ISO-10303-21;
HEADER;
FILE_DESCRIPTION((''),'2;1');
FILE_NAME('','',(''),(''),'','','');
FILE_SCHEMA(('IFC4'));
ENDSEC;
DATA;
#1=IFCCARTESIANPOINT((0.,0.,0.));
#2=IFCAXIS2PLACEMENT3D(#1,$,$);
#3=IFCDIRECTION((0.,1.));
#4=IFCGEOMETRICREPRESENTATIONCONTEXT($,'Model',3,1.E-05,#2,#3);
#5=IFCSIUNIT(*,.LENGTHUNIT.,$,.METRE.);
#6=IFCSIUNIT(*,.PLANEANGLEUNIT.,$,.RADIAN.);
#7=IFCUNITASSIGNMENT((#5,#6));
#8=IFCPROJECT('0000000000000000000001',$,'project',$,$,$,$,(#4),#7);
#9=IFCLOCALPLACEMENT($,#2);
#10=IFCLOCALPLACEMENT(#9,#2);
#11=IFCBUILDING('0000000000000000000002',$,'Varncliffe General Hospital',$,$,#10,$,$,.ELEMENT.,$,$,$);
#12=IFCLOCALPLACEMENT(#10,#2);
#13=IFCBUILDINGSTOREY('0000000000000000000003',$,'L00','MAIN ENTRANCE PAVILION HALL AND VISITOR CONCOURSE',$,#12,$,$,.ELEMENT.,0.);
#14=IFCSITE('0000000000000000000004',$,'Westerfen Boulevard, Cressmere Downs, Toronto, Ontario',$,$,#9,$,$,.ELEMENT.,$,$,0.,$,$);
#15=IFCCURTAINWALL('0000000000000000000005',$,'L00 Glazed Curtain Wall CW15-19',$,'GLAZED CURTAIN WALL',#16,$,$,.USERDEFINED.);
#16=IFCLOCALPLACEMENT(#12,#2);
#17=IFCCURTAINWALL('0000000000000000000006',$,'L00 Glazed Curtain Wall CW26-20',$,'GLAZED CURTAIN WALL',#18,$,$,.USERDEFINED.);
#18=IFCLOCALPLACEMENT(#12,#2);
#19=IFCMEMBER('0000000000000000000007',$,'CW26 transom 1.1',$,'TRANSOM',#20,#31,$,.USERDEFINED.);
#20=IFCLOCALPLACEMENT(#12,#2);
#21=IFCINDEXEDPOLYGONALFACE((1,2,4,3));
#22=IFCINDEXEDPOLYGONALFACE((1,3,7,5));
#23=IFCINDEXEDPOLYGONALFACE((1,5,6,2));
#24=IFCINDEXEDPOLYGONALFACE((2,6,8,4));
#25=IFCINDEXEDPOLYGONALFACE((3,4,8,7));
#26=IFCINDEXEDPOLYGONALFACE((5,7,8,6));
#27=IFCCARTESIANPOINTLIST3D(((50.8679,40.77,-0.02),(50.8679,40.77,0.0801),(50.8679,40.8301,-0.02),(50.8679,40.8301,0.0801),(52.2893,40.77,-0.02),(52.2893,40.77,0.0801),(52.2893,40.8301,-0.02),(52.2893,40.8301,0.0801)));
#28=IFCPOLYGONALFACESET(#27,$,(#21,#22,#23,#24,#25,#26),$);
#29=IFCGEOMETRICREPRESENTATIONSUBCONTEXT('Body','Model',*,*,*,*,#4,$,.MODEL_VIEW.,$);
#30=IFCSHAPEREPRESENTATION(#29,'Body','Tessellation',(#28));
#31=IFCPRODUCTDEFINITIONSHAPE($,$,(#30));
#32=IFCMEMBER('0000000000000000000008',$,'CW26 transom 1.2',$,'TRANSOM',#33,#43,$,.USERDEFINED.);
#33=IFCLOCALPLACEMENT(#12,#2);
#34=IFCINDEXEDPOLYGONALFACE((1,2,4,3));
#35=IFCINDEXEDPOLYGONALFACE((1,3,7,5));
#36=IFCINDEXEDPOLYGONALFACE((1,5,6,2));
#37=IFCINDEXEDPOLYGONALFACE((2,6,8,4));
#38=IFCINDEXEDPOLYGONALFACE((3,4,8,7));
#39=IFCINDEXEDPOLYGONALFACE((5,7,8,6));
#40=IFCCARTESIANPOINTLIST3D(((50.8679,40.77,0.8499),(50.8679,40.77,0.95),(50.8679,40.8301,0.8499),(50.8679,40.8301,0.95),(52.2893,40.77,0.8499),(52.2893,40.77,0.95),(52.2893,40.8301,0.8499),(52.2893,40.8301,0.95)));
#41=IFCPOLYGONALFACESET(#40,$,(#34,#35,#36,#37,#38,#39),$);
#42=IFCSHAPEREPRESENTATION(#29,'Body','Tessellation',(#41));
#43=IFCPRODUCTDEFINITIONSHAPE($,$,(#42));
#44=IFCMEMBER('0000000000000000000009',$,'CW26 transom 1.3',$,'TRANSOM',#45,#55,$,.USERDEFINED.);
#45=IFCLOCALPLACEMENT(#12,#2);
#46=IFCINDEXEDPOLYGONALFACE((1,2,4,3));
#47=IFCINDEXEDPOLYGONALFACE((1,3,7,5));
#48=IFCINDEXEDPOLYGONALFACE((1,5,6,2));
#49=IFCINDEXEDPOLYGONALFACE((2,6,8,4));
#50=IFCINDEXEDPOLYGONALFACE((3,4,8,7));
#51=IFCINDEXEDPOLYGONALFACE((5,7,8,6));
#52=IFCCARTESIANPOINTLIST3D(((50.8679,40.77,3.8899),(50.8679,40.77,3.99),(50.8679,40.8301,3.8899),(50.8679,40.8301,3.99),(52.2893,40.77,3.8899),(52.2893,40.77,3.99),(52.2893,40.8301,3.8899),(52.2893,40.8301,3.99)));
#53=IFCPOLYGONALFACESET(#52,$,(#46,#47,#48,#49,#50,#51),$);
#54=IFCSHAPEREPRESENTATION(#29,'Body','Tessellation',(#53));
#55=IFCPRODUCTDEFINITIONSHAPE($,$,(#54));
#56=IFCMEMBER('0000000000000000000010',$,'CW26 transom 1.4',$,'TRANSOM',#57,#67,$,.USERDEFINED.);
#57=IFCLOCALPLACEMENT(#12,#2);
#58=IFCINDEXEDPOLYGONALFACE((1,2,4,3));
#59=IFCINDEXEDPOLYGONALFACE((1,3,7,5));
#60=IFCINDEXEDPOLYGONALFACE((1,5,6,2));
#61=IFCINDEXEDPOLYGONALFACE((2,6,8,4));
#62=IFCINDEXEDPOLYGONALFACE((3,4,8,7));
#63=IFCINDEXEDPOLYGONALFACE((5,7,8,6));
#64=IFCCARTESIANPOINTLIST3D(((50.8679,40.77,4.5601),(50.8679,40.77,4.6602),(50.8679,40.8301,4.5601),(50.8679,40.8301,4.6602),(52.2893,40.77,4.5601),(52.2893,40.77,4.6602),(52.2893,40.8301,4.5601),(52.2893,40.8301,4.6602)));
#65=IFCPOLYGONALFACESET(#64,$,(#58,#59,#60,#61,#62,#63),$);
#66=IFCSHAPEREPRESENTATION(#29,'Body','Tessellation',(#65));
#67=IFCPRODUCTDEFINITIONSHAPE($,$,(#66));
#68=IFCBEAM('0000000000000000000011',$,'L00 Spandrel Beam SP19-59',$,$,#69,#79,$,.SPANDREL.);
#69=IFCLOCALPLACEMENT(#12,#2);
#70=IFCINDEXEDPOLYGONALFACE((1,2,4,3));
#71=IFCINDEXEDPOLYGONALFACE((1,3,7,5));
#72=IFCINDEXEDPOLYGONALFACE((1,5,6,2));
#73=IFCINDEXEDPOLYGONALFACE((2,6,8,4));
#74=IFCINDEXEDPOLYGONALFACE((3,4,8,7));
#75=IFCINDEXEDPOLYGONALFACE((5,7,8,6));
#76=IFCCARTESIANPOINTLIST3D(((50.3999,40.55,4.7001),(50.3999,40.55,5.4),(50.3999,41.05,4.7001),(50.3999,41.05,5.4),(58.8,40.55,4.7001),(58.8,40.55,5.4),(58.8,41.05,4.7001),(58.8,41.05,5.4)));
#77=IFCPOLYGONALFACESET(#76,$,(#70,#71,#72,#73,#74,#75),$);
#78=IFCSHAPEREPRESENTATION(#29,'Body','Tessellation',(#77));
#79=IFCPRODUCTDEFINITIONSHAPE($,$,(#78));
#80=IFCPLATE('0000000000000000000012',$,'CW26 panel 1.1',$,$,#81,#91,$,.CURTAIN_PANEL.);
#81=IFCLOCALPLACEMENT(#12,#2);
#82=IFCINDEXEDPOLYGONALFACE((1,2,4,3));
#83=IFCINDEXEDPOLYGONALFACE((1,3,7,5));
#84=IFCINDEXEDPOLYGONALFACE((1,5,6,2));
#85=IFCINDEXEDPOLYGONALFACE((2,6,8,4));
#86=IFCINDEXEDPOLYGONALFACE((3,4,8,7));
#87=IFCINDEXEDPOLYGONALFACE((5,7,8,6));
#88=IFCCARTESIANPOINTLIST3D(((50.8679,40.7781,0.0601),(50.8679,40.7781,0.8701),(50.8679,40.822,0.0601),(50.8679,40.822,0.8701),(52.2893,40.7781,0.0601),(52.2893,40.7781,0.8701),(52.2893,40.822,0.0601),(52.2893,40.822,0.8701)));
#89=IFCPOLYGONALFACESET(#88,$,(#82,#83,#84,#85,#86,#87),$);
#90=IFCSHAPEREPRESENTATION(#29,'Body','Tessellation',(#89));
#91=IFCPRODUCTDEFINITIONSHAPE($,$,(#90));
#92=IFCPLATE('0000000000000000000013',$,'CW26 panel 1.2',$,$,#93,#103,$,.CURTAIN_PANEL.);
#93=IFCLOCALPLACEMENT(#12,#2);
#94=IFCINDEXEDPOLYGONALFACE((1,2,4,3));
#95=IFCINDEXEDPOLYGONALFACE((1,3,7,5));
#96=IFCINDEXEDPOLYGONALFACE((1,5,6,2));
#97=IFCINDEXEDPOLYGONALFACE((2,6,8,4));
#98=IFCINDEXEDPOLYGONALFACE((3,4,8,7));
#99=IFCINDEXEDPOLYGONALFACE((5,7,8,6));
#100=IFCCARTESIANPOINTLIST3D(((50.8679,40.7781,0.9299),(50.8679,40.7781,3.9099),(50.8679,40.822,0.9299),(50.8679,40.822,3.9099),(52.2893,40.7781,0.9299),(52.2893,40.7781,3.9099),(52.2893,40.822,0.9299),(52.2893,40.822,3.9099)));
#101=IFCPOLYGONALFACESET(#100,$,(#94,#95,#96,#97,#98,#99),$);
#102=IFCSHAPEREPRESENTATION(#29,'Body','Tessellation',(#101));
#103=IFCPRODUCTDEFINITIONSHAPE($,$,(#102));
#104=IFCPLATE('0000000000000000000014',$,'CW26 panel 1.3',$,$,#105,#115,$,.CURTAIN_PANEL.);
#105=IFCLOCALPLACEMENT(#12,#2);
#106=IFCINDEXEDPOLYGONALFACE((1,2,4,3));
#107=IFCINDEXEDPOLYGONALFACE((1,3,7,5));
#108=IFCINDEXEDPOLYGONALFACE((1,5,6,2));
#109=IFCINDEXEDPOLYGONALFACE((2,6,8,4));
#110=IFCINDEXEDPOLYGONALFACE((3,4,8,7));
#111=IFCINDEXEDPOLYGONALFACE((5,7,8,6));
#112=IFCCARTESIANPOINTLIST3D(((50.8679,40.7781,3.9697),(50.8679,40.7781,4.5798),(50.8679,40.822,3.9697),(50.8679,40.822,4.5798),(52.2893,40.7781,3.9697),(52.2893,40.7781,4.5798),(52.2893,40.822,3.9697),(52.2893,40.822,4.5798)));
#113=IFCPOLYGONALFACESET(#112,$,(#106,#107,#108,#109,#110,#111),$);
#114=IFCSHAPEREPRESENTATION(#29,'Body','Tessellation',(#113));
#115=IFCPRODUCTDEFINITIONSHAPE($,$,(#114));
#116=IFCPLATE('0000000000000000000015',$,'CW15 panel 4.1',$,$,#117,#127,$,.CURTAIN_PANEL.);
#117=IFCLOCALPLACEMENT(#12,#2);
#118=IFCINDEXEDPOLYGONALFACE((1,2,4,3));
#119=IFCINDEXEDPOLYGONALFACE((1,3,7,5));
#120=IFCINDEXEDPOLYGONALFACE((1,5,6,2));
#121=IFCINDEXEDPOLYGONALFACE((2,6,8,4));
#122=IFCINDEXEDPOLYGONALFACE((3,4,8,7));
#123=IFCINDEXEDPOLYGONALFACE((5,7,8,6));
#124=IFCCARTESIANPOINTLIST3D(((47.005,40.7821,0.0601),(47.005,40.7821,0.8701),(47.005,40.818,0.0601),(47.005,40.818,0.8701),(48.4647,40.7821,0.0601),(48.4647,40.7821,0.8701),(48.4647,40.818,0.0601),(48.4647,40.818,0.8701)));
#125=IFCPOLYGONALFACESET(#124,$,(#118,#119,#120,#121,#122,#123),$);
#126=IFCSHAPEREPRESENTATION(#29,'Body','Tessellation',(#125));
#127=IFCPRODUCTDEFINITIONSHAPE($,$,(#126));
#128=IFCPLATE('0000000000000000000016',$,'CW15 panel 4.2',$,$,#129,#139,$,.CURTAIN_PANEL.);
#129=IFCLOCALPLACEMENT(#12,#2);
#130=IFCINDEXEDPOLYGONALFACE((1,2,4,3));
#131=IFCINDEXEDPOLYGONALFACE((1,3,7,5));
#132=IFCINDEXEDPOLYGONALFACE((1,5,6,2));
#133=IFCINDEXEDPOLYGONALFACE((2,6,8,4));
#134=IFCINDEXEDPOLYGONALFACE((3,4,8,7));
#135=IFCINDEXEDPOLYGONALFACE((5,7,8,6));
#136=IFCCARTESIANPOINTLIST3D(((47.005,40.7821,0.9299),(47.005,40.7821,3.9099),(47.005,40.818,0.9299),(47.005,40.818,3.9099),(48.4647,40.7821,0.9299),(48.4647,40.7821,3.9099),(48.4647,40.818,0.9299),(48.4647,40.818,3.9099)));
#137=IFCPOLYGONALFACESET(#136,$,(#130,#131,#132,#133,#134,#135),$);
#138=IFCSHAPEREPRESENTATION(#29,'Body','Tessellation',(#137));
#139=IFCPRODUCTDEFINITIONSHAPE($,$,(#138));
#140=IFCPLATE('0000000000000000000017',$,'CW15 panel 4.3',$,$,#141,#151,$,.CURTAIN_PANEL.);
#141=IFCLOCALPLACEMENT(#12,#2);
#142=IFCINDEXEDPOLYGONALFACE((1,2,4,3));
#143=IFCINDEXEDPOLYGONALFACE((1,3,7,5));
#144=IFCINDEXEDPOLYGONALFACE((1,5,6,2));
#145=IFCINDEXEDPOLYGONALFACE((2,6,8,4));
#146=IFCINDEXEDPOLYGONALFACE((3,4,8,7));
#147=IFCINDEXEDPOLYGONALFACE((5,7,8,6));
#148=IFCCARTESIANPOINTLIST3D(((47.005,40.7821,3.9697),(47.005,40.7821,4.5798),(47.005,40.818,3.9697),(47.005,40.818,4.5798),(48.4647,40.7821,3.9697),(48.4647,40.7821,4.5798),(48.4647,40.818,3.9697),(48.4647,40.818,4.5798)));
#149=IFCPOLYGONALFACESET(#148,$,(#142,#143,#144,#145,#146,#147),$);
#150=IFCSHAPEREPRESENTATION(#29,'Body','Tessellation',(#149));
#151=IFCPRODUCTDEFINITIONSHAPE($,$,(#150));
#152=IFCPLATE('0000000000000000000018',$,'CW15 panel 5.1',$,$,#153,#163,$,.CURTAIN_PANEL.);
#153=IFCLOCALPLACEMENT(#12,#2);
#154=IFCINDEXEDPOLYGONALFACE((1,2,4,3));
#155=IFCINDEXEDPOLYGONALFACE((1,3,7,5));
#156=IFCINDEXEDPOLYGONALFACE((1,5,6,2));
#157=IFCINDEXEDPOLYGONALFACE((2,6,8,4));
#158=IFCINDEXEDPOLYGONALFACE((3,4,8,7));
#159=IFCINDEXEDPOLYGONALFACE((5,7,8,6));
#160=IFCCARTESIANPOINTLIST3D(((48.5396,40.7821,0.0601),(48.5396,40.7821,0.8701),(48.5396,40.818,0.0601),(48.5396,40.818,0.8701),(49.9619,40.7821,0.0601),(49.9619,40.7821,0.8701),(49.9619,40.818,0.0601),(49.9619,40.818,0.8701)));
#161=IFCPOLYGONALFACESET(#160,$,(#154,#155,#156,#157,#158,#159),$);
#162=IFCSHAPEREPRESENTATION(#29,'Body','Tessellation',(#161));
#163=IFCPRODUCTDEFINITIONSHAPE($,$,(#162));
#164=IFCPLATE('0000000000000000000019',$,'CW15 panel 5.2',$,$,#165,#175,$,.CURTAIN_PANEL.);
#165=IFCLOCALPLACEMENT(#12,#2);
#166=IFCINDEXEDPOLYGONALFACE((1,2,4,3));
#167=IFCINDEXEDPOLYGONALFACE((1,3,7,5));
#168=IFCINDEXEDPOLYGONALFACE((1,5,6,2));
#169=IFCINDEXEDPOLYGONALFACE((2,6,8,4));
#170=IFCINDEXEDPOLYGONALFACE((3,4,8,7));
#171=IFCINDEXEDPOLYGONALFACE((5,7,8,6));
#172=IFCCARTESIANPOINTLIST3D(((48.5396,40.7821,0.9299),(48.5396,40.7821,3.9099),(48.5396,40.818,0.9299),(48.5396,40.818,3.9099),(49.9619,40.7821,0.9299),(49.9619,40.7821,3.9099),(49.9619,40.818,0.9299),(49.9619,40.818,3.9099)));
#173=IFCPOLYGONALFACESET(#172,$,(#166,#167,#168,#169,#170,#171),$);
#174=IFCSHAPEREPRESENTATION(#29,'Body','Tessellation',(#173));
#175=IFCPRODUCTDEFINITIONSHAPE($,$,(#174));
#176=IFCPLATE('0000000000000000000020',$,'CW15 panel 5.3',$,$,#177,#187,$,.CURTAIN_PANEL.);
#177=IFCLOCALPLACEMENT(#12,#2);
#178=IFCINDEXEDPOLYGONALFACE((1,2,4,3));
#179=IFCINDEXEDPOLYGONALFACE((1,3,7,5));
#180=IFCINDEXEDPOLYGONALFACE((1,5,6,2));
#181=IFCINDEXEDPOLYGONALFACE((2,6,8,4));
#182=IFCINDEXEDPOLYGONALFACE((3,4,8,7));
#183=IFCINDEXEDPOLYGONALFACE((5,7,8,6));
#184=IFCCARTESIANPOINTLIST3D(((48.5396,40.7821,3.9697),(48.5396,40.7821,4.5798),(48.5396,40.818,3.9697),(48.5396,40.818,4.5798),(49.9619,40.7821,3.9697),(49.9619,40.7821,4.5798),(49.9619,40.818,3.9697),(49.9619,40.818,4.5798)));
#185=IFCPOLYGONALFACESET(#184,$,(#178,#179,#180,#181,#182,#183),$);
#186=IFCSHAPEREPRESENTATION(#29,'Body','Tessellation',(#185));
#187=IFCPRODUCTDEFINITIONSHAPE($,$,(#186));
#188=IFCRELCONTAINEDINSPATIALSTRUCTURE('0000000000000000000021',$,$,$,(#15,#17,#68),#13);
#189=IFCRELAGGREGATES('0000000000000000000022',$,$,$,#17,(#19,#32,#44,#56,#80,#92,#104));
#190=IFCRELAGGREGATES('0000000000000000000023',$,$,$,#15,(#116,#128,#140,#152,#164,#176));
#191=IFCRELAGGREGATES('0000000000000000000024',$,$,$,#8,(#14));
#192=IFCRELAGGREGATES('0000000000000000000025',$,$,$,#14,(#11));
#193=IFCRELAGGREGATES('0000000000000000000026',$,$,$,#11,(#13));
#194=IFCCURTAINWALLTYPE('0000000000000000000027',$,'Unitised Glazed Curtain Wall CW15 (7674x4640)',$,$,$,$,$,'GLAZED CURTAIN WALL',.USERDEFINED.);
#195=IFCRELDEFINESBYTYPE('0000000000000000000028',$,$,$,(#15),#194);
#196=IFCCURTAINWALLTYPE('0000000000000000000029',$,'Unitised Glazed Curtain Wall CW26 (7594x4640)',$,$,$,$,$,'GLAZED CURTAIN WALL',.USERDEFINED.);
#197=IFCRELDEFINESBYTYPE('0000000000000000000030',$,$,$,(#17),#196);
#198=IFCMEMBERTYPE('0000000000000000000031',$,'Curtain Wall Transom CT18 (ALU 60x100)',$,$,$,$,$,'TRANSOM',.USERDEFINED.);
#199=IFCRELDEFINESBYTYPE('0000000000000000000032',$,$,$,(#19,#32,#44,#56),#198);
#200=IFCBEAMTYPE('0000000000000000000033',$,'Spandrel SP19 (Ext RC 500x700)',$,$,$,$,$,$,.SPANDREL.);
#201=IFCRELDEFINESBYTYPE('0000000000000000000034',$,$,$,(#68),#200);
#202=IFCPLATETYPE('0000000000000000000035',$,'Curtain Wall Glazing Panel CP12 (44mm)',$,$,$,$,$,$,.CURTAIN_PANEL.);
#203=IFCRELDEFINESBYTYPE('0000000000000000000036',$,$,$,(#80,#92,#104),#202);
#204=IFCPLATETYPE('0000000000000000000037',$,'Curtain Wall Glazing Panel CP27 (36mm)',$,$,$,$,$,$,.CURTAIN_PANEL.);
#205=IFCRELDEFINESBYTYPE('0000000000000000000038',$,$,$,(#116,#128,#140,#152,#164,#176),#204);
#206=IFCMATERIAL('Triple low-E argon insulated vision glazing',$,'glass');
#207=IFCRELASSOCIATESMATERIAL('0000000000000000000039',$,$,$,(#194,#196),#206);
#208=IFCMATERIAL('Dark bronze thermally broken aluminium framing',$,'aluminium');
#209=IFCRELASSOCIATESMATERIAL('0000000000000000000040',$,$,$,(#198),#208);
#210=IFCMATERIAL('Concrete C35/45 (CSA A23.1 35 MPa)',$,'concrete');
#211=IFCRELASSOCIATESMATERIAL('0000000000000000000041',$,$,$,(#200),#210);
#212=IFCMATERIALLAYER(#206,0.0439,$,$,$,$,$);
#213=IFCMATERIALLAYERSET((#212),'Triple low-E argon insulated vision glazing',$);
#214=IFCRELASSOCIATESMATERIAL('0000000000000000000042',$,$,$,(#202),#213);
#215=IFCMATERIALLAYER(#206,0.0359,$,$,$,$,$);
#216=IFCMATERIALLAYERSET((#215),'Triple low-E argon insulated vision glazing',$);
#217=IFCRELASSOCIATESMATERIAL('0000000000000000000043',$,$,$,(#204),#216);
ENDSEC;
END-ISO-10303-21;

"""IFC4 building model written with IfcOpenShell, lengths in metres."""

from ifc_helpers import new_model, si_unit, direction, frame, origin, origin_2d, place, context, subcontext, project, spatial, rectangle, extrude, material, layer, layer_set, material_profile, profile_set, type_object, element, aggregate, save


model = new_model("IFC4")

# Units and contexts
model_context = context("Model", 3, precision=1e-05, world=origin(), true_north=direction((0.0, 1.0)))
body_context = subcontext(model_context, "Body", "Model", "MODEL_VIEW")
ifc_project = project(units=[si_unit("LENGTHUNIT", "METRE"), si_unit("PLANEANGLEUNIT", "RADIAN")], contexts=[model_context])

# Site, building, storey
site_placement = place(None, origin())
site = spatial("IfcSite", under=ifc_project, at=site_placement, Name="Westerfen Boulevard, Cressmere Downs, Toronto, Ontario", CompositionType="ELEMENT", RefElevation=0.0)
building_placement = place(site_placement, origin())
building = spatial("IfcBuilding", under=site, at=building_placement, Name="Varncliffe General Hospital", CompositionType="ELEMENT")
storey_placement = place(building_placement, origin())
storey = spatial("IfcBuildingStorey", under=building, at=storey_placement, Name="L00", Description="MAIN ENTRANCE PAVILION HALL AND VISITOR CONCOURSE", CompositionType="ELEMENT", Elevation=0.0)

# Curtain walls
ifc_material_1 = material(Name="Triple low-E argon insulated vision glazing", Category="glass")
curtain_wall_type_1 = type_object("IfcCurtainWallType", Name="Unitised Glazed Curtain Wall CW15 (7674x4640)", ElementType="GLAZED CURTAIN WALL", PredefinedType="USERDEFINED", material=ifc_material_1)
curtain_wall_1_placement = place(storey_placement, origin())
curtain_wall_1 = element("IfcCurtainWall", 1, at=curtain_wall_1_placement, inside=storey, type_object=curtain_wall_type_1, Name="L00 Glazed Curtain Wall CW15-19", ObjectType="GLAZED CURTAIN WALL", PredefinedType="USERDEFINED")
ifc_material_2 = material(Name="Dark bronze thermally broken aluminium framing", Category="aluminium")
curtain_wall_type_2 = type_object("IfcCurtainWallType", Name="Unitised Glazed Curtain Wall CW26 (7594x4640)", ElementType="GLAZED CURTAIN WALL", PredefinedType="USERDEFINED", material=ifc_material_1)
curtain_wall_2_placement = place(storey_placement, origin())
curtain_wall_2 = element("IfcCurtainWall", 2, at=curtain_wall_2_placement, inside=storey, type_object=curtain_wall_type_2, Name="L00 Glazed Curtain Wall CW26-20", ObjectType="GLAZED CURTAIN WALL", PredefinedType="USERDEFINED")

# Members
ifc_material_profile_1 = material_profile(ifc_material_2, rectangle(XDim=0.0601, YDim=0.1001, at=origin_2d()), Name="ALU 60x100")
ifc_profile_set_1 = profile_set([ifc_material_profile_1], Name="Dark bronze thermally broken aluminium framing")
member_type_1 = type_object("IfcMemberType", Name="Curtain Wall Transom CT18 (ALU 60x100)", ElementType="TRANSOM", PredefinedType="USERDEFINED", material=ifc_profile_set_1)
member_1_placement = place(storey_placement, frame((50.8679, 40.8, 0.03), z_axis=(1.0, 0.0, 0.0), x_axis=(0.0, 1.0, 0.0)))
member_1 = element("IfcMember", 3, at=member_1_placement, type_object=member_type_1, Name="CW26 transom 1.1", ObjectType="TRANSOM", PredefinedType="USERDEFINED", context=body_context, shape_type="SweptSolid", body=[
    extrude(rectangle(XDim=0.0601, YDim=0.1001, at=origin_2d()), origin(), (0.0, 0.0, 1.0), 1.4214),
])
member_2_placement = place(storey_placement, frame((50.8679, 40.8, 0.8999), z_axis=(1.0, 0.0, 0.0), x_axis=(0.0, 1.0, 0.0)))
member_2 = element("IfcMember", 4, at=member_2_placement, type_object=member_type_1, Name="CW26 transom 1.2", ObjectType="TRANSOM", PredefinedType="USERDEFINED", context=body_context, shape_type="SweptSolid", body=[
    extrude(rectangle(XDim=0.0601, YDim=0.1001, at=origin_2d()), origin(), (0.0, 0.0, 1.0), 1.4214),
])
member_3_placement = place(storey_placement, frame((50.8679, 40.8, 3.9399), z_axis=(1.0, 0.0, 0.0), x_axis=(0.0, 1.0, 0.0)))
member_3 = element("IfcMember", 5, at=member_3_placement, type_object=member_type_1, Name="CW26 transom 1.3", ObjectType="TRANSOM", PredefinedType="USERDEFINED", context=body_context, shape_type="SweptSolid", body=[
    extrude(rectangle(XDim=0.0601, YDim=0.1001, at=origin_2d()), origin(), (0.0, 0.0, 1.0), 1.4214),
])
member_4_placement = place(storey_placement, frame((50.8679, 40.8, 4.6101), z_axis=(1.0, 0.0, 0.0), x_axis=(0.0, 1.0, 0.0)))
member_4 = element("IfcMember", 6, at=member_4_placement, type_object=member_type_1, Name="CW26 transom 1.4", ObjectType="TRANSOM", PredefinedType="USERDEFINED", context=body_context, shape_type="SweptSolid", body=[
    extrude(rectangle(XDim=0.0601, YDim=0.1001, at=origin_2d()), origin(), (0.0, 0.0, 1.0), 1.4214),
])

# Beam
ifc_material_3 = material(Name="Concrete C35/45 (CSA A23.1 35 MPa)", Category="concrete")
ifc_material_profile_2 = material_profile(ifc_material_3, rectangle(XDim=0.5, YDim=0.7, at=origin_2d()), Name="RC 500x700")
ifc_profile_set_2 = profile_set([ifc_material_profile_2], Name="Concrete C35/45 (CSA A23.1 35 MPa)")
beam_type_1 = type_object("IfcBeamType", Name="Spandrel SP19 (Ext RC 500x700)", PredefinedType="SPANDREL", material=ifc_profile_set_2)
beam_1_placement = place(storey_placement, frame((50.3999, 40.8, 5.05), z_axis=(1.0, 0.0, 0.0), x_axis=(0.0, 1.0, 0.0)))
element("IfcBeam", 7, at=beam_1_placement, inside=storey, type_object=beam_type_1, Name="L00 Spandrel Beam SP19-59", PredefinedType="SPANDREL", context=body_context, shape_type="SweptSolid", body=[
    extrude(rectangle(XDim=0.5, YDim=0.7, at=origin_2d()), origin(), (0.0, 0.0, 1.0), 8.4001),
])

# Plates
ifc_layer_1 = layer(ifc_material_1, 0.0439)
ifc_layer_set_1 = layer_set([ifc_layer_1], Name="Triple low-E argon insulated vision glazing")
plate_type_1 = type_object("IfcPlateType", Name="Curtain Wall Glazing Panel CP12 (44mm)", PredefinedType="CURTAIN_PANEL", material=ifc_layer_set_1)
plate_1_placement = place(storey_placement, frame((51.5786, 40.8, 0.0601), z_axis=(0.0, 0.0, 1.0), x_axis=(1.0, 0.0, 0.0)))
plate_1 = element("IfcPlate", 8, at=plate_1_placement, type_object=plate_type_1, Name="CW26 panel 1.1", PredefinedType="CURTAIN_PANEL", context=body_context, shape_type="SweptSolid", body=[
    extrude(rectangle(XDim=1.4214, YDim=0.0439, at=origin_2d()), origin(), (0.0, 0.0, 1.0), 0.8101),
])
plate_2_placement = place(storey_placement, frame((51.5786, 40.8, 0.9299), z_axis=(0.0, 0.0, 1.0), x_axis=(1.0, 0.0, 0.0)))
plate_2 = element("IfcPlate", 9, at=plate_2_placement, type_object=plate_type_1, Name="CW26 panel 1.2", PredefinedType="CURTAIN_PANEL", context=body_context, shape_type="SweptSolid", body=[
    extrude(rectangle(XDim=1.4214, YDim=0.0439, at=origin_2d()), origin(), (0.0, 0.0, 1.0), 2.98),
])
plate_3_placement = place(storey_placement, frame((51.5786, 40.8, 3.9697), z_axis=(0.0, 0.0, 1.0), x_axis=(1.0, 0.0, 0.0)))
plate_3 = element("IfcPlate", 10, at=plate_3_placement, type_object=plate_type_1, Name="CW26 panel 1.3", PredefinedType="CURTAIN_PANEL", context=body_context, shape_type="SweptSolid", body=[
    extrude(rectangle(XDim=1.4214, YDim=0.0439, at=origin_2d()), origin(), (0.0, 0.0, 1.0), 0.6101),
])
aggregate(curtain_wall_2, [member_1, member_2, member_3, member_4, plate_1, plate_2, plate_3])
ifc_layer_2 = layer(ifc_material_1, 0.0359)
ifc_layer_set_2 = layer_set([ifc_layer_2], Name="Triple low-E argon insulated vision glazing")
plate_type_2 = type_object("IfcPlateType", Name="Curtain Wall Glazing Panel CP27 (36mm)", PredefinedType="CURTAIN_PANEL", material=ifc_layer_set_2)
plate_4_placement = place(storey_placement, frame((47.7349, 40.8, 0.0601), z_axis=(0.0, 0.0, 1.0), x_axis=(1.0, 0.0, 0.0)))
plate_4 = element("IfcPlate", 11, at=plate_4_placement, type_object=plate_type_2, Name="CW15 panel 4.1", PredefinedType="CURTAIN_PANEL", context=body_context, shape_type="SweptSolid", body=[
    extrude(rectangle(XDim=1.4597, YDim=0.0359, at=origin_2d()), origin(), (0.0, 0.0, 1.0), 0.8101),
])
plate_5_placement = place(storey_placement, frame((47.7349, 40.8, 0.9299), z_axis=(0.0, 0.0, 1.0), x_axis=(1.0, 0.0, 0.0)))
plate_5 = element("IfcPlate", 12, at=plate_5_placement, type_object=plate_type_2, Name="CW15 panel 4.2", PredefinedType="CURTAIN_PANEL", context=body_context, shape_type="SweptSolid", body=[
    extrude(rectangle(XDim=1.4597, YDim=0.0359, at=origin_2d()), origin(), (0.0, 0.0, 1.0), 2.98),
])
plate_6_placement = place(storey_placement, frame((47.7349, 40.8, 3.9697), z_axis=(0.0, 0.0, 1.0), x_axis=(1.0, 0.0, 0.0)))
plate_6 = element("IfcPlate", 13, at=plate_6_placement, type_object=plate_type_2, Name="CW15 panel 4.3", PredefinedType="CURTAIN_PANEL", context=body_context, shape_type="SweptSolid", body=[
    extrude(rectangle(XDim=1.4597, YDim=0.0359, at=origin_2d()), origin(), (0.0, 0.0, 1.0), 0.6101),
])
plate_7_placement = place(storey_placement, frame((49.2507, 40.8, 0.0601), z_axis=(0.0, 0.0, 1.0), x_axis=(1.0, 0.0, 0.0)))
plate_7 = element("IfcPlate", 14, at=plate_7_placement, type_object=plate_type_2, Name="CW15 panel 5.1", PredefinedType="CURTAIN_PANEL", context=body_context, shape_type="SweptSolid", body=[
    extrude(rectangle(XDim=1.4224, YDim=0.0359, at=origin_2d()), origin(), (0.0, 0.0, 1.0), 0.8101),
])
plate_8_placement = place(storey_placement, frame((49.2507, 40.8, 0.9299), z_axis=(0.0, 0.0, 1.0), x_axis=(1.0, 0.0, 0.0)))
plate_8 = element("IfcPlate", 15, at=plate_8_placement, type_object=plate_type_2, Name="CW15 panel 5.2", PredefinedType="CURTAIN_PANEL", context=body_context, shape_type="SweptSolid", body=[
    extrude(rectangle(XDim=1.4224, YDim=0.0359, at=origin_2d()), origin(), (0.0, 0.0, 1.0), 2.98),
])
plate_9_placement = place(storey_placement, frame((49.2507, 40.8, 3.9697), z_axis=(0.0, 0.0, 1.0), x_axis=(1.0, 0.0, 0.0)))
plate_9 = element("IfcPlate", 16, at=plate_9_placement, type_object=plate_type_2, Name="CW15 panel 5.3", PredefinedType="CURTAIN_PANEL", context=body_context, shape_type="SweptSolid", body=[
    extrude(rectangle(XDim=1.4224, YDim=0.0359, at=origin_2d()), origin(), (0.0, 0.0, 1.0), 0.6101),
])
aggregate(curtain_wall_1, [plate_4, plate_5, plate_6, plate_7, plate_8, plate_9])

save(model, "model.ifc")
